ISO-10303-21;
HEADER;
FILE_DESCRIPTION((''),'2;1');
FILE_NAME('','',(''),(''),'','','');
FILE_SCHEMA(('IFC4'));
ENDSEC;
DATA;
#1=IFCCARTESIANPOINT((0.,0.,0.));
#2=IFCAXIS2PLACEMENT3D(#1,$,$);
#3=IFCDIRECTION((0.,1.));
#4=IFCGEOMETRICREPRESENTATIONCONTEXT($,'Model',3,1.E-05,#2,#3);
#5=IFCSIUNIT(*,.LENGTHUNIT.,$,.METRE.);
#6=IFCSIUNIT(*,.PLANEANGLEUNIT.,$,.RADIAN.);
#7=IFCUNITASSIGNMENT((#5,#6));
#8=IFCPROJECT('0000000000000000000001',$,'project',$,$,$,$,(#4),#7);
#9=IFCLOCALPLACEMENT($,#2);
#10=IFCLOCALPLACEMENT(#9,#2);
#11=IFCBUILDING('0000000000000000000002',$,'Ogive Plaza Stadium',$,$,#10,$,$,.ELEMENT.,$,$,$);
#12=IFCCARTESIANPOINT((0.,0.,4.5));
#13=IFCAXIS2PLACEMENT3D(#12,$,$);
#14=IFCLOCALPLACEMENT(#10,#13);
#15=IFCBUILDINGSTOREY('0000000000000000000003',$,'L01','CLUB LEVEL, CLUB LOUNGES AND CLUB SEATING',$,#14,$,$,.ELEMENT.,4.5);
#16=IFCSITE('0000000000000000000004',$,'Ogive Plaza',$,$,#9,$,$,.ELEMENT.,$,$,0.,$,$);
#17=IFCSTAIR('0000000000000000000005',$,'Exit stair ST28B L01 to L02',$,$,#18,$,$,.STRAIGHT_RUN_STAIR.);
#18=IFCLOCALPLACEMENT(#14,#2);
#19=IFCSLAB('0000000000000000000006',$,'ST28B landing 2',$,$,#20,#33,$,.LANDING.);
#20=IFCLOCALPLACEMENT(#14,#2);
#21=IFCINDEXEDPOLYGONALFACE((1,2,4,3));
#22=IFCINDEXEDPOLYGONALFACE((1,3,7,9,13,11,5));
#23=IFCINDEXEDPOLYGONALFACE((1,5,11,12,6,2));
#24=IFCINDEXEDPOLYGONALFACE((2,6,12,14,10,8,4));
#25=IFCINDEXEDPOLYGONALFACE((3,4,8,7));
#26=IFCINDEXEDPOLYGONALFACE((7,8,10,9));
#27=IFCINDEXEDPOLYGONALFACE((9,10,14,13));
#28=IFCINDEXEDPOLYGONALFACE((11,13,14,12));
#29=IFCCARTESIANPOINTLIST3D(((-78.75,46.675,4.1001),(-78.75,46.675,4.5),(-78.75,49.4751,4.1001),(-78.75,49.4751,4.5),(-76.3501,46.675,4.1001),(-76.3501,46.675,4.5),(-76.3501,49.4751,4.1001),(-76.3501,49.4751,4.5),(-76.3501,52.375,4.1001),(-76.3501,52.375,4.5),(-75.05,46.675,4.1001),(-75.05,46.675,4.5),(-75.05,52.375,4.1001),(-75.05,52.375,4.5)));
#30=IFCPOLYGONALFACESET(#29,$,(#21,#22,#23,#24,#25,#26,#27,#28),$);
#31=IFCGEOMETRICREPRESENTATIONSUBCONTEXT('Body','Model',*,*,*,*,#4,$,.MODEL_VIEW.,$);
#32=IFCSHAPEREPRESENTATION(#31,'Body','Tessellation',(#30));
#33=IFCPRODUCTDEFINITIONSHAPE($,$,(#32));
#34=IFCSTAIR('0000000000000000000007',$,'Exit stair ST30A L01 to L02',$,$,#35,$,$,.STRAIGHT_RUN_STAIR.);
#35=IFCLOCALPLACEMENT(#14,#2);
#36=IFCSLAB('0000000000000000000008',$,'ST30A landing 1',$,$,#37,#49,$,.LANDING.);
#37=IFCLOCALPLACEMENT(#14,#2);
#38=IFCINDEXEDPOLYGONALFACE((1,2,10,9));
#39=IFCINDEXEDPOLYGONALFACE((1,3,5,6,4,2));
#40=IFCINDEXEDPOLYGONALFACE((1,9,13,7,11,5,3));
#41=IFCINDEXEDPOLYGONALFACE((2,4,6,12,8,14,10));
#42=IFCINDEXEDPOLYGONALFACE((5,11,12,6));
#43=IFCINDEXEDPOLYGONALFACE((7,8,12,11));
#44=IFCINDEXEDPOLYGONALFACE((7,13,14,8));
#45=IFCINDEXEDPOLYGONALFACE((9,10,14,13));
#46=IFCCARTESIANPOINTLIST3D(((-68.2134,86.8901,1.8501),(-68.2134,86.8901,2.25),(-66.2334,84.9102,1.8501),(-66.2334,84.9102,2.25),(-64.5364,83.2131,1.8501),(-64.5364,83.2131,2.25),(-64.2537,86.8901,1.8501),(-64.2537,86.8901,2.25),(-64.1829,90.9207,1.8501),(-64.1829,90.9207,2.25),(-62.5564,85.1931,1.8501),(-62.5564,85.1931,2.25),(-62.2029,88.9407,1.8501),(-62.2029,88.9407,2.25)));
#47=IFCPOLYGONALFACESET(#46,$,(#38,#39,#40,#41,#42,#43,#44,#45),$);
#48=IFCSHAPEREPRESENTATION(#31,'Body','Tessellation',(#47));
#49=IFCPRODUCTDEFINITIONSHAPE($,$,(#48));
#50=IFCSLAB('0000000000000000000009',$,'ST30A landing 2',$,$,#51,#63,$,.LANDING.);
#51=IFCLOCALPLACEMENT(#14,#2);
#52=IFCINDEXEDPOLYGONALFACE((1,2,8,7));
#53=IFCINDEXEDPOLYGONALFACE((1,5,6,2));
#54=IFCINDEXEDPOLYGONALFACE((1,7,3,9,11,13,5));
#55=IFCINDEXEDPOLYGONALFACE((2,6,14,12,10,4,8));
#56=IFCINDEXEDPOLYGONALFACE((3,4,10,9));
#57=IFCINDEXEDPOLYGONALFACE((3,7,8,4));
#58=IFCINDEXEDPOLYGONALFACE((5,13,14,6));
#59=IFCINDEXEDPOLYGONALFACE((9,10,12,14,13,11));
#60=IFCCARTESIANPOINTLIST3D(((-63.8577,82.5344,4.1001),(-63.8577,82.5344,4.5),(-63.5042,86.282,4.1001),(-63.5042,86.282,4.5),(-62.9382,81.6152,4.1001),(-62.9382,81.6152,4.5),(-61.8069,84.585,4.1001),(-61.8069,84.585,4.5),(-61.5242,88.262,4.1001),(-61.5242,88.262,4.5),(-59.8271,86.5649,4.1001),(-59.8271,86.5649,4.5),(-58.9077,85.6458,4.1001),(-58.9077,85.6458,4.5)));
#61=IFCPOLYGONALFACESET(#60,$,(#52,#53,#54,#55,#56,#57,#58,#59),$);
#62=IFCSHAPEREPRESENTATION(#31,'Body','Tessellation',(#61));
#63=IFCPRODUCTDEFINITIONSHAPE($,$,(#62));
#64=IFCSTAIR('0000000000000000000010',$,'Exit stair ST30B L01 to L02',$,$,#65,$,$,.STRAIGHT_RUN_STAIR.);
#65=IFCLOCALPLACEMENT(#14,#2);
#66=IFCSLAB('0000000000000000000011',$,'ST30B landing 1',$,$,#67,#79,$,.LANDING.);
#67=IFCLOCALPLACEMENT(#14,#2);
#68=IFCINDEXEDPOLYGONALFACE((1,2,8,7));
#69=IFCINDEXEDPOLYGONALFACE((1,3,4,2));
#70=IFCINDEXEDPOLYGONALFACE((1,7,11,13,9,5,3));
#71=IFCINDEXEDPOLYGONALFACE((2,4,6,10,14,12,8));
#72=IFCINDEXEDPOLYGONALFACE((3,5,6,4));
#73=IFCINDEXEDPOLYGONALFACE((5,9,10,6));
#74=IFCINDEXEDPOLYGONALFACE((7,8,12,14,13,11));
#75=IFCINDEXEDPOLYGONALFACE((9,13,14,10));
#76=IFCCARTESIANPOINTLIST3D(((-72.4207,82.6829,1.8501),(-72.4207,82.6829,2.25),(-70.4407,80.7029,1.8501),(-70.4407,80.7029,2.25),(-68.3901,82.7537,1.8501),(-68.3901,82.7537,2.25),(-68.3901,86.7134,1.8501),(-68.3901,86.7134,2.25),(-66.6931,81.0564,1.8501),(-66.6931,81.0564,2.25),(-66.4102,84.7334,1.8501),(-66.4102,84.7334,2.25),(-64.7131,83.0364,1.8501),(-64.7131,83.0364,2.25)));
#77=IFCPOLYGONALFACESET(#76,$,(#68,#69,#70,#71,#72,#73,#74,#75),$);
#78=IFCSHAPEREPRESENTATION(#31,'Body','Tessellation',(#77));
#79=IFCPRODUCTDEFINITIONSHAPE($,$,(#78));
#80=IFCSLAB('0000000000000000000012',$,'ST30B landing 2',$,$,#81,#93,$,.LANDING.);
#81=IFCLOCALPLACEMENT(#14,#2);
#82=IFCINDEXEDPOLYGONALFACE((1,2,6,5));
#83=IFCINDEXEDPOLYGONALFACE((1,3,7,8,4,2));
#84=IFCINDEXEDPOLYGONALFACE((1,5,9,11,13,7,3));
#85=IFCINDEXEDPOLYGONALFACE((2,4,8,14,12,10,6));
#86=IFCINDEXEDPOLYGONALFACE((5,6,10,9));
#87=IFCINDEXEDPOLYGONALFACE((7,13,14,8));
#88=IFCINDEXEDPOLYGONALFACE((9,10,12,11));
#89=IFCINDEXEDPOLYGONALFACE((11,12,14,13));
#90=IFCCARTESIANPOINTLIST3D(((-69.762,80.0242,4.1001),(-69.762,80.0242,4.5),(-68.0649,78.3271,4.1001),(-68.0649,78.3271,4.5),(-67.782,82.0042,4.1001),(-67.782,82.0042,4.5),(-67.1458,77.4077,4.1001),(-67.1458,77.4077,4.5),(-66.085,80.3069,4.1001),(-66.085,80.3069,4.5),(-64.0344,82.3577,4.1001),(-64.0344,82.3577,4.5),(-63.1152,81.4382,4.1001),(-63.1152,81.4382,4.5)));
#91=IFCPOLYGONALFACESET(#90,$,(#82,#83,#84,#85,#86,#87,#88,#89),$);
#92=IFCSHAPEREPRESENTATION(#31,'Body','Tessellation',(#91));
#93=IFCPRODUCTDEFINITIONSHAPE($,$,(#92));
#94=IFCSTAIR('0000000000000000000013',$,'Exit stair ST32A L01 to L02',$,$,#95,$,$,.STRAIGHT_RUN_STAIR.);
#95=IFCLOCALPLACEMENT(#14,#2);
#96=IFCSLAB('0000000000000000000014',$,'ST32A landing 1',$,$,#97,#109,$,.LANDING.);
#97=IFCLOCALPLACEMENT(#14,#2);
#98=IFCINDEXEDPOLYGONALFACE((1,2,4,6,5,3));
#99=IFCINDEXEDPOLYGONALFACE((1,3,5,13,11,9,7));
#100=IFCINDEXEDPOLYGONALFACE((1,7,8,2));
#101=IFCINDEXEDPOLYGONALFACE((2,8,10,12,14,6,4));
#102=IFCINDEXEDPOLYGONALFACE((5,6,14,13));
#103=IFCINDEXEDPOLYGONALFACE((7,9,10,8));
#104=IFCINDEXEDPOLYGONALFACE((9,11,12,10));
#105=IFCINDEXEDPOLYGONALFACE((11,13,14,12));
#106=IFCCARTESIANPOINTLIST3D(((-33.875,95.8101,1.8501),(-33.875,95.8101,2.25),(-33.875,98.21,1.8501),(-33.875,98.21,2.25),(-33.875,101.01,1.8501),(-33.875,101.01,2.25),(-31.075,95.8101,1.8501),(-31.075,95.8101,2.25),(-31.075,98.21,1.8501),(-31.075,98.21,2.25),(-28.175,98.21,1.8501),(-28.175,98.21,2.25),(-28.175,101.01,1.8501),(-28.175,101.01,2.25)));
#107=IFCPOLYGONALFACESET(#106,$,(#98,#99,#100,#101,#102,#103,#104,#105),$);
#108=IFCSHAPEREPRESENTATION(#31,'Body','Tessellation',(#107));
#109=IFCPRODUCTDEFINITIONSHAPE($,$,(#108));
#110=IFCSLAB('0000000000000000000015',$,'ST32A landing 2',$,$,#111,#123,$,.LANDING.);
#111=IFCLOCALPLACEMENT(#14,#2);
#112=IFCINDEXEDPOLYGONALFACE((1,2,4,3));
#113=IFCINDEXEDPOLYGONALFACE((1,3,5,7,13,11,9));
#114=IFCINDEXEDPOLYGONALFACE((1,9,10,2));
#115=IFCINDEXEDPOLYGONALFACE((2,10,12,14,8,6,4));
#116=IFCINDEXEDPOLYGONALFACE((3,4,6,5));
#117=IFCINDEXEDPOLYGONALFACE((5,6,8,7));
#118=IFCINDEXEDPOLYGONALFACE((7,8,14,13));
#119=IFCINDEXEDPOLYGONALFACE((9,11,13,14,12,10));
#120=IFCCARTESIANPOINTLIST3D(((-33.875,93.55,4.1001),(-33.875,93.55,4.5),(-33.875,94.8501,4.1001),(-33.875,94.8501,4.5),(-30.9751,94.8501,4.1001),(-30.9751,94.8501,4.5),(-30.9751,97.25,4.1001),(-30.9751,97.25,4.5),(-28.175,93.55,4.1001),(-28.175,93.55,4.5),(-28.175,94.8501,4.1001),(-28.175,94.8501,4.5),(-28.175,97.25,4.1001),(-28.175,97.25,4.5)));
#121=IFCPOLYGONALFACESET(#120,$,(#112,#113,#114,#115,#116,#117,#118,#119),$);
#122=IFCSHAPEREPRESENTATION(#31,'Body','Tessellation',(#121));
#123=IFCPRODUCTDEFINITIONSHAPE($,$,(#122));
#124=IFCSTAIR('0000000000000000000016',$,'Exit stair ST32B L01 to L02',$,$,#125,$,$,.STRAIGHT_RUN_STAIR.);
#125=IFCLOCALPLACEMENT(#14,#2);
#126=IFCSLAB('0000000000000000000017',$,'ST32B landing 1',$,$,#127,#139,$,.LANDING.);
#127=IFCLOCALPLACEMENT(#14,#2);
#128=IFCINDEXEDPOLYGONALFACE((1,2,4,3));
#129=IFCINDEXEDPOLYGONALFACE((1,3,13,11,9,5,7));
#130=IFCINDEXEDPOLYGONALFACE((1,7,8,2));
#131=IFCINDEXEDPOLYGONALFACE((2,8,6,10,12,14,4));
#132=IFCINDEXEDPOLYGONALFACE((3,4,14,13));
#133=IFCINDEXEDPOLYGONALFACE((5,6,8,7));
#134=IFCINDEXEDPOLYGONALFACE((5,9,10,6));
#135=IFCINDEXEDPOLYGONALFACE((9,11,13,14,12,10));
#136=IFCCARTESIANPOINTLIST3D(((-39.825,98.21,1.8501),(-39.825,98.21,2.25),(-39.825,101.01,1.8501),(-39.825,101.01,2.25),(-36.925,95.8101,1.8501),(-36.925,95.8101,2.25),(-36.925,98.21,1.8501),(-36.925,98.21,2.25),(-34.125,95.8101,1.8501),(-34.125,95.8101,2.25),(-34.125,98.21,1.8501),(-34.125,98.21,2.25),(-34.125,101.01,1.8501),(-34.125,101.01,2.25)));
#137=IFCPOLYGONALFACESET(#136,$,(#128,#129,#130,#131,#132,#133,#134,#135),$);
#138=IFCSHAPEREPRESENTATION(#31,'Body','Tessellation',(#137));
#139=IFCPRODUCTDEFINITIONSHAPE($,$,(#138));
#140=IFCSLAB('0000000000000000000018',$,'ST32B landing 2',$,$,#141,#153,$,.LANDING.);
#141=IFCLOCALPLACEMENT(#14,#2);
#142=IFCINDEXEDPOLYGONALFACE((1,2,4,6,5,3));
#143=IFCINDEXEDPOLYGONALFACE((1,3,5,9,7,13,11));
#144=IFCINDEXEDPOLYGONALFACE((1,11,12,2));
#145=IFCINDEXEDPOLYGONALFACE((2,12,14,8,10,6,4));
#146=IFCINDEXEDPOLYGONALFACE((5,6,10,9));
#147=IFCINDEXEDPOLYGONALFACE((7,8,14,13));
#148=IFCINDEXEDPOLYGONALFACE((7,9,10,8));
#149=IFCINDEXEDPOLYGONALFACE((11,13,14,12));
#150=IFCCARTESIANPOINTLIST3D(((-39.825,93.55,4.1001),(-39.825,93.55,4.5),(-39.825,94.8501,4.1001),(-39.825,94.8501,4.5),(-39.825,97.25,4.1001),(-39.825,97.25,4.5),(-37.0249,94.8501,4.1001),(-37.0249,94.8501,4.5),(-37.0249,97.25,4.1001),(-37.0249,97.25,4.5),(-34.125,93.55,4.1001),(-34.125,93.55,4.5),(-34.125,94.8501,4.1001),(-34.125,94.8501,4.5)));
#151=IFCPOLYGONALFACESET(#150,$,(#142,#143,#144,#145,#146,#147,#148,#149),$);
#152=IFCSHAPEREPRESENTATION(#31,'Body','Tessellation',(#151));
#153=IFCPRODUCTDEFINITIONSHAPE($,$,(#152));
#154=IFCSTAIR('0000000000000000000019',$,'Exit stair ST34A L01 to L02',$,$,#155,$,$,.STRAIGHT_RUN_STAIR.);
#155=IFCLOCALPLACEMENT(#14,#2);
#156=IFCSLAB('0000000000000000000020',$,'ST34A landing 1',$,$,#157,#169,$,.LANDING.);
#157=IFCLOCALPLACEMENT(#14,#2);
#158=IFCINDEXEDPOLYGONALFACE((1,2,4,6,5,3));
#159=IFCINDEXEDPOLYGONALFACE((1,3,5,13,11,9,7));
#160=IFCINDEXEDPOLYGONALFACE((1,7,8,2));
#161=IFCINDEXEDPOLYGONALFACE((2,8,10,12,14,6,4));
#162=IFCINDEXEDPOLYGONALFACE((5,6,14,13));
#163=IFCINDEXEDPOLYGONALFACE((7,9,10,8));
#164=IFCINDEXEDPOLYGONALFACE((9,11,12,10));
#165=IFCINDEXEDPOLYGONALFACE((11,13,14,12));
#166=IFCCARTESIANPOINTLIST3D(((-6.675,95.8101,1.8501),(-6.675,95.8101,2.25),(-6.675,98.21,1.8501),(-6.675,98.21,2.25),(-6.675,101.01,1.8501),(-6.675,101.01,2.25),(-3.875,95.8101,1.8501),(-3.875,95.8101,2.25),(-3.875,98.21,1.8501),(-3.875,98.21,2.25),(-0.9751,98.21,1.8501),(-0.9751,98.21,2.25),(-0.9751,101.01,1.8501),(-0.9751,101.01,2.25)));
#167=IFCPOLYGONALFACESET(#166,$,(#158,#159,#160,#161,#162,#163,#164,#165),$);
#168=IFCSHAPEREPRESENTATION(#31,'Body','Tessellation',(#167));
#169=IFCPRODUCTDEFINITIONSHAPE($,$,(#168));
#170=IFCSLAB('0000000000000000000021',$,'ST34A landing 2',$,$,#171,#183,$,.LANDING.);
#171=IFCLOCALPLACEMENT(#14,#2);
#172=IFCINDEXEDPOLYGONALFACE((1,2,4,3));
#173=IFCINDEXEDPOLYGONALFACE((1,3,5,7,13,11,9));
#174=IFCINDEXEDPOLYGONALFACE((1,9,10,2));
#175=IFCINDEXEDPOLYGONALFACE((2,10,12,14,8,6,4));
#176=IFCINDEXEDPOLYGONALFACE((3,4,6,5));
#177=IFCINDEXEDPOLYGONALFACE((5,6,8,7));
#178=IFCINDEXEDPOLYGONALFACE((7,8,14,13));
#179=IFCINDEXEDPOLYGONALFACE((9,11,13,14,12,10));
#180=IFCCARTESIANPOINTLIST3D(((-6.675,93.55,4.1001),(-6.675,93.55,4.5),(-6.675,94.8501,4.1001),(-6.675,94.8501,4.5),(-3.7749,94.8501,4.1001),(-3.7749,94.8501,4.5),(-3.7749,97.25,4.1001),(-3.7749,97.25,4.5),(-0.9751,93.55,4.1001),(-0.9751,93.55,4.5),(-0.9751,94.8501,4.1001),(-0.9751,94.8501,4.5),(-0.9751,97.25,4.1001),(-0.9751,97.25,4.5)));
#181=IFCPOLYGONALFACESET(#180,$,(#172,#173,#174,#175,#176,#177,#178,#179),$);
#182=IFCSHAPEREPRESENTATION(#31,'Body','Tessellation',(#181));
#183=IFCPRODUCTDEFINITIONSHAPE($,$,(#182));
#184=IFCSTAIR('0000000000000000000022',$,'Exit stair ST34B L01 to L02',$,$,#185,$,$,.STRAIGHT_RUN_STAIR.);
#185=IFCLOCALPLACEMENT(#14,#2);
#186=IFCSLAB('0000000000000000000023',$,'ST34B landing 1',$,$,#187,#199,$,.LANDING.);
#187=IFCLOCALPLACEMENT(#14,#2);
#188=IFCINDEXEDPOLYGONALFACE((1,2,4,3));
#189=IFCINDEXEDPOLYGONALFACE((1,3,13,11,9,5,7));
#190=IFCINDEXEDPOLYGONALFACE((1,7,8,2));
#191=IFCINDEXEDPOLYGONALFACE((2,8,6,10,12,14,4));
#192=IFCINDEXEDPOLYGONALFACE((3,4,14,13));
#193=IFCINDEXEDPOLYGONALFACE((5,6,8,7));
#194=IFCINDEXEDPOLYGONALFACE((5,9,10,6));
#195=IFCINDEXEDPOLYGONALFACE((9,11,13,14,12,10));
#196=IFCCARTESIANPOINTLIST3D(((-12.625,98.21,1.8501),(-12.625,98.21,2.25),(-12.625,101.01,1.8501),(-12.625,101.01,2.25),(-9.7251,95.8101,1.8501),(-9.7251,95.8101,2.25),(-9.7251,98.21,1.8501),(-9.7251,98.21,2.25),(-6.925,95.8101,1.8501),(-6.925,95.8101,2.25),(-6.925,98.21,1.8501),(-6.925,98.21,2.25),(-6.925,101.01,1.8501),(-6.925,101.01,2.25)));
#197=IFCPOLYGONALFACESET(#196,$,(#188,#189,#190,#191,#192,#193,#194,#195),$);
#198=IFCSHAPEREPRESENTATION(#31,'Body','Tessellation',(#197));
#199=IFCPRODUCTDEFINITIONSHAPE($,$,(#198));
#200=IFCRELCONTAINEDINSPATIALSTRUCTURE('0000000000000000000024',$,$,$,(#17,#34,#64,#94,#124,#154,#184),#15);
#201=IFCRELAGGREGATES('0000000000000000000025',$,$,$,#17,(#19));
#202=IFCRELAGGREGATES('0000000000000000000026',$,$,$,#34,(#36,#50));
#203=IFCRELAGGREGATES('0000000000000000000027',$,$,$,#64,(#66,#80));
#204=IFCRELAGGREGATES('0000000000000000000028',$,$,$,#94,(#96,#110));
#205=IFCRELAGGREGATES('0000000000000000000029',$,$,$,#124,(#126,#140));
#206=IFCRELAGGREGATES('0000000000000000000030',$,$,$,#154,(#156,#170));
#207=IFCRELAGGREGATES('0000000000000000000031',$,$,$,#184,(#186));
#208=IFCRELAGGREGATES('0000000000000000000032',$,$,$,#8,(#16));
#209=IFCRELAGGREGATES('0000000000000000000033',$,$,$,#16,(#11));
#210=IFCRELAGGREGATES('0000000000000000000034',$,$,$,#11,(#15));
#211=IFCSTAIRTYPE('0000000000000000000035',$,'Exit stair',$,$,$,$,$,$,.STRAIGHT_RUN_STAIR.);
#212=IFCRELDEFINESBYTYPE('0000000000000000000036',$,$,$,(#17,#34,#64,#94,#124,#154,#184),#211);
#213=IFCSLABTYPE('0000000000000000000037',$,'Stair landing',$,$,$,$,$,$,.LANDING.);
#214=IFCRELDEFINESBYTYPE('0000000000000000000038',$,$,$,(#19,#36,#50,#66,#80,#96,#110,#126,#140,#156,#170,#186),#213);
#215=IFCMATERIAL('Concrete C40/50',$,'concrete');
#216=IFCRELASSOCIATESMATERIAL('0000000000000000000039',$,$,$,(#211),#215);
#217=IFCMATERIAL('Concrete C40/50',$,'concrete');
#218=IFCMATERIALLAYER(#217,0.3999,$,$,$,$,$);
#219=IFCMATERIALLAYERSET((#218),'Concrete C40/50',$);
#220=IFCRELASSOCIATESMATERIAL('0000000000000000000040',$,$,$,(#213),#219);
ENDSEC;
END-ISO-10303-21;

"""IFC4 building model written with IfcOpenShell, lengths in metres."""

from ifc_helpers import new_model, si_unit, direction, frame, origin, place, context, subcontext, project, spatial, polyline, outline, extrude, material, layer, layer_set, type_object, element, aggregate, save


model = new_model("IFC4")

# Units and contexts
model_context = context("Model", 3, precision=1e-05, world=origin(), true_north=direction((0.0, 1.0)))
body_context = subcontext(model_context, "Body", "Model", "MODEL_VIEW")
ifc_project = project(units=[si_unit("LENGTHUNIT", "METRE"), si_unit("PLANEANGLEUNIT", "RADIAN")], contexts=[model_context])

# Site, building, storey
site_placement = place(None, origin())
site = spatial("IfcSite", under=ifc_project, at=site_placement, Name="Ogive Plaza", CompositionType="ELEMENT", RefElevation=0.0)
building_placement = place(site_placement, origin())
building = spatial("IfcBuilding", under=site, at=building_placement, Name="Ogive Plaza Stadium", CompositionType="ELEMENT")
storey_placement = place(building_placement, frame((0.0, 0.0, 4.5)))
storey = spatial("IfcBuildingStorey", under=building, at=storey_placement, Name="L01", Description="CLUB LEVEL, CLUB LOUNGES AND CLUB SEATING", CompositionType="ELEMENT", Elevation=4.5)

# Shared definitions
ifc_material_1 = material(Name="Concrete C40/50", Category="concrete")
stair_type = type_object("IfcStairType", Name="Exit stair", PredefinedType="STRAIGHT_RUN_STAIR", material=ifc_material_1)
ifc_material_2 = material(Name="Concrete C40/50", Category="concrete")
ifc_layer = layer(ifc_material_2, 0.3999)
ifc_layer_set = layer_set([ifc_layer], Name="Concrete C40/50")
slab_type = type_object("IfcSlabType", Name="Stair landing", PredefinedType="LANDING", material=ifc_layer_set)

# Stairs, slabs
stair_1_placement = place(storey_placement, origin())
stair_1 = element("IfcStair", 1, at=stair_1_placement, inside=storey, type_object=stair_type, Name="Exit stair ST28B L01 to L02", PredefinedType="STRAIGHT_RUN_STAIR")
slab_1_placement = place(storey_placement, frame((0.0, 0.0, 4.1001)))
slab_1 = element("IfcSlab", 2, at=slab_1_placement, type_object=slab_type, Name="ST28B landing 2", PredefinedType="LANDING", context=body_context, shape_type="SweptSolid", body=[
    extrude(outline(polyline([(-76.3501, 52.375), (-75.05, 52.375), (-75.05, 46.675), (-76.3501, 46.675), (-78.75, 46.675), (-78.75, 49.4751), (-76.3501, 49.4751), (-76.3501, 52.375)])), origin(), (0.0, 0.0, 1.0), 0.3999),
])
aggregate(stair_1, [slab_1])
stair_2_placement = place(storey_placement, origin())
stair_2 = element("IfcStair", 3, at=stair_2_placement, inside=storey, type_object=stair_type, Name="Exit stair ST30A L01 to L02", PredefinedType="STRAIGHT_RUN_STAIR")
slab_2_placement = place(storey_placement, frame((0.0, 0.0, 1.8501)))
slab_2 = element("IfcSlab", 4, at=slab_2_placement, type_object=slab_type, Name="ST30A landing 1", PredefinedType="LANDING", context=body_context, shape_type="SweptSolid", body=[
    extrude(outline(polyline([(-68.2134, 86.8901), (-64.1829, 90.9207), (-62.2029, 88.9407), (-64.2537, 86.8901), (-62.5564, 85.1931), (-64.5364, 83.2131), (-66.2334, 84.9102), (-68.2134, 86.8901)])), origin(), (0.0, 0.0, 1.0), 0.3999),
])
slab_3_placement = place(storey_placement, frame((0.0, 0.0, 4.1001)))
slab_3 = element("IfcSlab", 5, at=slab_3_placement, type_object=slab_type, Name="ST30A landing 2", PredefinedType="LANDING", context=body_context, shape_type="SweptSolid", body=[
    extrude(outline(polyline([(-63.5042, 86.282), (-61.5242, 88.262), (-59.8271, 86.5649), (-58.9077, 85.6458), (-62.9382, 81.6152), (-63.8577, 82.5344), (-61.8069, 84.585), (-63.5042, 86.282)])), origin(), (0.0, 0.0, 1.0), 0.3999),
])
aggregate(stair_2, [slab_2, slab_3])
stair_3_placement = place(storey_placement, origin())
stair_3 = element("IfcStair", 6, at=stair_3_placement, inside=storey, type_object=stair_type, Name="Exit stair ST30B L01 to L02", PredefinedType="STRAIGHT_RUN_STAIR")
slab_4_placement = place(storey_placement, frame((0.0, 0.0, 1.8501)))
slab_4 = element("IfcSlab", 7, at=slab_4_placement, type_object=slab_type, Name="ST30B landing 1", PredefinedType="LANDING", context=body_context, shape_type="SweptSolid", body=[
    extrude(outline(polyline([(-64.7131, 83.0364), (-66.6931, 81.0564), (-68.3901, 82.7537), (-70.4407, 80.7029), (-72.4207, 82.6829), (-68.3901, 86.7134), (-66.4102, 84.7334), (-64.7131, 83.0364)])), origin(), (0.0, 0.0, 1.0), 0.3999),
])
slab_5_placement = place(storey_placement, frame((0.0, 0.0, 4.1001)))
slab_5 = element("IfcSlab", 8, at=slab_5_placement, type_object=slab_type, Name="ST30B landing 2", PredefinedType="LANDING", context=body_context, shape_type="SweptSolid", body=[
    extrude(outline(polyline([(-64.0344, 82.3577), (-63.1152, 81.4382), (-67.1458, 77.4077), (-68.0649, 78.3271), (-69.762, 80.0242), (-67.782, 82.0042), (-66.085, 80.3069), (-64.0344, 82.3577)])), origin(), (0.0, 0.0, 1.0), 0.3999),
])
aggregate(stair_3, [slab_4, slab_5])
stair_4_placement = place(storey_placement, origin())
stair_4 = element("IfcStair", 9, at=stair_4_placement, inside=storey, type_object=stair_type, Name="Exit stair ST32A L01 to L02", PredefinedType="STRAIGHT_RUN_STAIR")
slab_6_placement = place(storey_placement, frame((0.0, 0.0, 1.8501)))
slab_6 = element("IfcSlab", 10, at=slab_6_placement, type_object=slab_type, Name="ST32A landing 1", PredefinedType="LANDING", context=body_context, shape_type="SweptSolid", body=[
    extrude(outline(polyline([(-33.875, 101.01), (-28.175, 101.01), (-28.175, 98.21), (-31.075, 98.21), (-31.075, 95.8101), (-33.875, 95.8101), (-33.875, 98.21), (-33.875, 101.01)])), origin(), (0.0, 0.0, 1.0), 0.3999),
])
slab_7_placement = place(storey_placement, frame((0.0, 0.0, 4.1001)))
slab_7 = element("IfcSlab", 11, at=slab_7_placement, type_object=slab_type, Name="ST32A landing 2", PredefinedType="LANDING", context=body_context, shape_type="SweptSolid", body=[
    extrude(outline(polyline([(-30.9751, 97.25), (-28.175, 97.25), (-28.175, 94.8501), (-28.175, 93.55), (-33.875, 93.55), (-33.875, 94.8501), (-30.9751, 94.8501), (-30.9751, 97.25)])), origin(), (0.0, 0.0, 1.0), 0.3999),
])
aggregate(stair_4, [slab_6, slab_7])
stair_5_placement = place(storey_placement, origin())
stair_5 = element("IfcStair", 12, at=stair_5_placement, inside=storey, type_object=stair_type, Name="Exit stair ST32B L01 to L02", PredefinedType="STRAIGHT_RUN_STAIR")
slab_8_placement = place(storey_placement, frame((0.0, 0.0, 1.8501)))
slab_8 = element("IfcSlab", 13, at=slab_8_placement, type_object=slab_type, Name="ST32B landing 1", PredefinedType="LANDING", context=body_context, shape_type="SweptSolid", body=[
    extrude(outline(polyline([(-34.125, 95.8101), (-36.925, 95.8101), (-36.925, 98.21), (-39.825, 98.21), (-39.825, 101.01), (-34.125, 101.01), (-34.125, 98.21), (-34.125, 95.8101)])), origin(), (0.0, 0.0, 1.0), 0.3999),
])
slab_9_placement = place(storey_placement, frame((0.0, 0.0, 4.1001)))
slab_9 = element("IfcSlab", 14, at=slab_9_placement, type_object=slab_type, Name="ST32B landing 2", PredefinedType="LANDING", context=body_context, shape_type="SweptSolid", body=[
    extrude(outline(polyline([(-34.125, 94.8501), (-34.125, 93.55), (-39.825, 93.55), (-39.825, 94.8501), (-39.825, 97.25), (-37.0249, 97.25), (-37.0249, 94.8501), (-34.125, 94.8501)])), origin(), (0.0, 0.0, 1.0), 0.3999),
])
aggregate(stair_5, [slab_8, slab_9])
stair_6_placement = place(storey_placement, origin())
stair_6 = element("IfcStair", 15, at=stair_6_placement, inside=storey, type_object=stair_type, Name="Exit stair ST34A L01 to L02", PredefinedType="STRAIGHT_RUN_STAIR")
slab_10_placement = place(storey_placement, frame((0.0, 0.0, 1.8501)))
slab_10 = element("IfcSlab", 16, at=slab_10_placement, type_object=slab_type, Name="ST34A landing 1", PredefinedType="LANDING", context=body_context, shape_type="SweptSolid", body=[
    extrude(outline(polyline([(-6.675, 101.01), (-0.9751, 101.01), (-0.9751, 98.21), (-3.875, 98.21), (-3.875, 95.8101), (-6.675, 95.8101), (-6.675, 98.21), (-6.675, 101.01)])), origin(), (0.0, 0.0, 1.0), 0.3999),
])
slab_11_placement = place(storey_placement, frame((0.0, 0.0, 4.1001)))
slab_11 = element("IfcSlab", 17, at=slab_11_placement, type_object=slab_type, Name="ST34A landing 2", PredefinedType="LANDING", context=body_context, shape_type="SweptSolid", body=[
    extrude(outline(polyline([(-3.7749, 97.25), (-0.9751, 97.25), (-0.9751, 94.8501), (-0.9751, 93.55), (-6.675, 93.55), (-6.675, 94.8501), (-3.7749, 94.8501), (-3.7749, 97.25)])), origin(), (0.0, 0.0, 1.0), 0.3999),
])
aggregate(stair_6, [slab_10, slab_11])
stair_7_placement = place(storey_placement, origin())
stair_7 = element("IfcStair", 18, at=stair_7_placement, inside=storey, type_object=stair_type, Name="Exit stair ST34B L01 to L02", PredefinedType="STRAIGHT_RUN_STAIR")
slab_12_placement = place(storey_placement, frame((0.0, 0.0, 1.8501)))
slab_12 = element("IfcSlab", 19, at=slab_12_placement, type_object=slab_type, Name="ST34B landing 1", PredefinedType="LANDING", context=body_context, shape_type="SweptSolid", body=[
    extrude(outline(polyline([(-6.925, 95.8101), (-9.7251, 95.8101), (-9.7251, 98.21), (-12.625, 98.21), (-12.625, 101.01), (-6.925, 101.01), (-6.925, 98.21), (-6.925, 95.8101)])), origin(), (0.0, 0.0, 1.0), 0.3999),
])
aggregate(stair_7, [slab_12])

save(model, "model.ifc")
